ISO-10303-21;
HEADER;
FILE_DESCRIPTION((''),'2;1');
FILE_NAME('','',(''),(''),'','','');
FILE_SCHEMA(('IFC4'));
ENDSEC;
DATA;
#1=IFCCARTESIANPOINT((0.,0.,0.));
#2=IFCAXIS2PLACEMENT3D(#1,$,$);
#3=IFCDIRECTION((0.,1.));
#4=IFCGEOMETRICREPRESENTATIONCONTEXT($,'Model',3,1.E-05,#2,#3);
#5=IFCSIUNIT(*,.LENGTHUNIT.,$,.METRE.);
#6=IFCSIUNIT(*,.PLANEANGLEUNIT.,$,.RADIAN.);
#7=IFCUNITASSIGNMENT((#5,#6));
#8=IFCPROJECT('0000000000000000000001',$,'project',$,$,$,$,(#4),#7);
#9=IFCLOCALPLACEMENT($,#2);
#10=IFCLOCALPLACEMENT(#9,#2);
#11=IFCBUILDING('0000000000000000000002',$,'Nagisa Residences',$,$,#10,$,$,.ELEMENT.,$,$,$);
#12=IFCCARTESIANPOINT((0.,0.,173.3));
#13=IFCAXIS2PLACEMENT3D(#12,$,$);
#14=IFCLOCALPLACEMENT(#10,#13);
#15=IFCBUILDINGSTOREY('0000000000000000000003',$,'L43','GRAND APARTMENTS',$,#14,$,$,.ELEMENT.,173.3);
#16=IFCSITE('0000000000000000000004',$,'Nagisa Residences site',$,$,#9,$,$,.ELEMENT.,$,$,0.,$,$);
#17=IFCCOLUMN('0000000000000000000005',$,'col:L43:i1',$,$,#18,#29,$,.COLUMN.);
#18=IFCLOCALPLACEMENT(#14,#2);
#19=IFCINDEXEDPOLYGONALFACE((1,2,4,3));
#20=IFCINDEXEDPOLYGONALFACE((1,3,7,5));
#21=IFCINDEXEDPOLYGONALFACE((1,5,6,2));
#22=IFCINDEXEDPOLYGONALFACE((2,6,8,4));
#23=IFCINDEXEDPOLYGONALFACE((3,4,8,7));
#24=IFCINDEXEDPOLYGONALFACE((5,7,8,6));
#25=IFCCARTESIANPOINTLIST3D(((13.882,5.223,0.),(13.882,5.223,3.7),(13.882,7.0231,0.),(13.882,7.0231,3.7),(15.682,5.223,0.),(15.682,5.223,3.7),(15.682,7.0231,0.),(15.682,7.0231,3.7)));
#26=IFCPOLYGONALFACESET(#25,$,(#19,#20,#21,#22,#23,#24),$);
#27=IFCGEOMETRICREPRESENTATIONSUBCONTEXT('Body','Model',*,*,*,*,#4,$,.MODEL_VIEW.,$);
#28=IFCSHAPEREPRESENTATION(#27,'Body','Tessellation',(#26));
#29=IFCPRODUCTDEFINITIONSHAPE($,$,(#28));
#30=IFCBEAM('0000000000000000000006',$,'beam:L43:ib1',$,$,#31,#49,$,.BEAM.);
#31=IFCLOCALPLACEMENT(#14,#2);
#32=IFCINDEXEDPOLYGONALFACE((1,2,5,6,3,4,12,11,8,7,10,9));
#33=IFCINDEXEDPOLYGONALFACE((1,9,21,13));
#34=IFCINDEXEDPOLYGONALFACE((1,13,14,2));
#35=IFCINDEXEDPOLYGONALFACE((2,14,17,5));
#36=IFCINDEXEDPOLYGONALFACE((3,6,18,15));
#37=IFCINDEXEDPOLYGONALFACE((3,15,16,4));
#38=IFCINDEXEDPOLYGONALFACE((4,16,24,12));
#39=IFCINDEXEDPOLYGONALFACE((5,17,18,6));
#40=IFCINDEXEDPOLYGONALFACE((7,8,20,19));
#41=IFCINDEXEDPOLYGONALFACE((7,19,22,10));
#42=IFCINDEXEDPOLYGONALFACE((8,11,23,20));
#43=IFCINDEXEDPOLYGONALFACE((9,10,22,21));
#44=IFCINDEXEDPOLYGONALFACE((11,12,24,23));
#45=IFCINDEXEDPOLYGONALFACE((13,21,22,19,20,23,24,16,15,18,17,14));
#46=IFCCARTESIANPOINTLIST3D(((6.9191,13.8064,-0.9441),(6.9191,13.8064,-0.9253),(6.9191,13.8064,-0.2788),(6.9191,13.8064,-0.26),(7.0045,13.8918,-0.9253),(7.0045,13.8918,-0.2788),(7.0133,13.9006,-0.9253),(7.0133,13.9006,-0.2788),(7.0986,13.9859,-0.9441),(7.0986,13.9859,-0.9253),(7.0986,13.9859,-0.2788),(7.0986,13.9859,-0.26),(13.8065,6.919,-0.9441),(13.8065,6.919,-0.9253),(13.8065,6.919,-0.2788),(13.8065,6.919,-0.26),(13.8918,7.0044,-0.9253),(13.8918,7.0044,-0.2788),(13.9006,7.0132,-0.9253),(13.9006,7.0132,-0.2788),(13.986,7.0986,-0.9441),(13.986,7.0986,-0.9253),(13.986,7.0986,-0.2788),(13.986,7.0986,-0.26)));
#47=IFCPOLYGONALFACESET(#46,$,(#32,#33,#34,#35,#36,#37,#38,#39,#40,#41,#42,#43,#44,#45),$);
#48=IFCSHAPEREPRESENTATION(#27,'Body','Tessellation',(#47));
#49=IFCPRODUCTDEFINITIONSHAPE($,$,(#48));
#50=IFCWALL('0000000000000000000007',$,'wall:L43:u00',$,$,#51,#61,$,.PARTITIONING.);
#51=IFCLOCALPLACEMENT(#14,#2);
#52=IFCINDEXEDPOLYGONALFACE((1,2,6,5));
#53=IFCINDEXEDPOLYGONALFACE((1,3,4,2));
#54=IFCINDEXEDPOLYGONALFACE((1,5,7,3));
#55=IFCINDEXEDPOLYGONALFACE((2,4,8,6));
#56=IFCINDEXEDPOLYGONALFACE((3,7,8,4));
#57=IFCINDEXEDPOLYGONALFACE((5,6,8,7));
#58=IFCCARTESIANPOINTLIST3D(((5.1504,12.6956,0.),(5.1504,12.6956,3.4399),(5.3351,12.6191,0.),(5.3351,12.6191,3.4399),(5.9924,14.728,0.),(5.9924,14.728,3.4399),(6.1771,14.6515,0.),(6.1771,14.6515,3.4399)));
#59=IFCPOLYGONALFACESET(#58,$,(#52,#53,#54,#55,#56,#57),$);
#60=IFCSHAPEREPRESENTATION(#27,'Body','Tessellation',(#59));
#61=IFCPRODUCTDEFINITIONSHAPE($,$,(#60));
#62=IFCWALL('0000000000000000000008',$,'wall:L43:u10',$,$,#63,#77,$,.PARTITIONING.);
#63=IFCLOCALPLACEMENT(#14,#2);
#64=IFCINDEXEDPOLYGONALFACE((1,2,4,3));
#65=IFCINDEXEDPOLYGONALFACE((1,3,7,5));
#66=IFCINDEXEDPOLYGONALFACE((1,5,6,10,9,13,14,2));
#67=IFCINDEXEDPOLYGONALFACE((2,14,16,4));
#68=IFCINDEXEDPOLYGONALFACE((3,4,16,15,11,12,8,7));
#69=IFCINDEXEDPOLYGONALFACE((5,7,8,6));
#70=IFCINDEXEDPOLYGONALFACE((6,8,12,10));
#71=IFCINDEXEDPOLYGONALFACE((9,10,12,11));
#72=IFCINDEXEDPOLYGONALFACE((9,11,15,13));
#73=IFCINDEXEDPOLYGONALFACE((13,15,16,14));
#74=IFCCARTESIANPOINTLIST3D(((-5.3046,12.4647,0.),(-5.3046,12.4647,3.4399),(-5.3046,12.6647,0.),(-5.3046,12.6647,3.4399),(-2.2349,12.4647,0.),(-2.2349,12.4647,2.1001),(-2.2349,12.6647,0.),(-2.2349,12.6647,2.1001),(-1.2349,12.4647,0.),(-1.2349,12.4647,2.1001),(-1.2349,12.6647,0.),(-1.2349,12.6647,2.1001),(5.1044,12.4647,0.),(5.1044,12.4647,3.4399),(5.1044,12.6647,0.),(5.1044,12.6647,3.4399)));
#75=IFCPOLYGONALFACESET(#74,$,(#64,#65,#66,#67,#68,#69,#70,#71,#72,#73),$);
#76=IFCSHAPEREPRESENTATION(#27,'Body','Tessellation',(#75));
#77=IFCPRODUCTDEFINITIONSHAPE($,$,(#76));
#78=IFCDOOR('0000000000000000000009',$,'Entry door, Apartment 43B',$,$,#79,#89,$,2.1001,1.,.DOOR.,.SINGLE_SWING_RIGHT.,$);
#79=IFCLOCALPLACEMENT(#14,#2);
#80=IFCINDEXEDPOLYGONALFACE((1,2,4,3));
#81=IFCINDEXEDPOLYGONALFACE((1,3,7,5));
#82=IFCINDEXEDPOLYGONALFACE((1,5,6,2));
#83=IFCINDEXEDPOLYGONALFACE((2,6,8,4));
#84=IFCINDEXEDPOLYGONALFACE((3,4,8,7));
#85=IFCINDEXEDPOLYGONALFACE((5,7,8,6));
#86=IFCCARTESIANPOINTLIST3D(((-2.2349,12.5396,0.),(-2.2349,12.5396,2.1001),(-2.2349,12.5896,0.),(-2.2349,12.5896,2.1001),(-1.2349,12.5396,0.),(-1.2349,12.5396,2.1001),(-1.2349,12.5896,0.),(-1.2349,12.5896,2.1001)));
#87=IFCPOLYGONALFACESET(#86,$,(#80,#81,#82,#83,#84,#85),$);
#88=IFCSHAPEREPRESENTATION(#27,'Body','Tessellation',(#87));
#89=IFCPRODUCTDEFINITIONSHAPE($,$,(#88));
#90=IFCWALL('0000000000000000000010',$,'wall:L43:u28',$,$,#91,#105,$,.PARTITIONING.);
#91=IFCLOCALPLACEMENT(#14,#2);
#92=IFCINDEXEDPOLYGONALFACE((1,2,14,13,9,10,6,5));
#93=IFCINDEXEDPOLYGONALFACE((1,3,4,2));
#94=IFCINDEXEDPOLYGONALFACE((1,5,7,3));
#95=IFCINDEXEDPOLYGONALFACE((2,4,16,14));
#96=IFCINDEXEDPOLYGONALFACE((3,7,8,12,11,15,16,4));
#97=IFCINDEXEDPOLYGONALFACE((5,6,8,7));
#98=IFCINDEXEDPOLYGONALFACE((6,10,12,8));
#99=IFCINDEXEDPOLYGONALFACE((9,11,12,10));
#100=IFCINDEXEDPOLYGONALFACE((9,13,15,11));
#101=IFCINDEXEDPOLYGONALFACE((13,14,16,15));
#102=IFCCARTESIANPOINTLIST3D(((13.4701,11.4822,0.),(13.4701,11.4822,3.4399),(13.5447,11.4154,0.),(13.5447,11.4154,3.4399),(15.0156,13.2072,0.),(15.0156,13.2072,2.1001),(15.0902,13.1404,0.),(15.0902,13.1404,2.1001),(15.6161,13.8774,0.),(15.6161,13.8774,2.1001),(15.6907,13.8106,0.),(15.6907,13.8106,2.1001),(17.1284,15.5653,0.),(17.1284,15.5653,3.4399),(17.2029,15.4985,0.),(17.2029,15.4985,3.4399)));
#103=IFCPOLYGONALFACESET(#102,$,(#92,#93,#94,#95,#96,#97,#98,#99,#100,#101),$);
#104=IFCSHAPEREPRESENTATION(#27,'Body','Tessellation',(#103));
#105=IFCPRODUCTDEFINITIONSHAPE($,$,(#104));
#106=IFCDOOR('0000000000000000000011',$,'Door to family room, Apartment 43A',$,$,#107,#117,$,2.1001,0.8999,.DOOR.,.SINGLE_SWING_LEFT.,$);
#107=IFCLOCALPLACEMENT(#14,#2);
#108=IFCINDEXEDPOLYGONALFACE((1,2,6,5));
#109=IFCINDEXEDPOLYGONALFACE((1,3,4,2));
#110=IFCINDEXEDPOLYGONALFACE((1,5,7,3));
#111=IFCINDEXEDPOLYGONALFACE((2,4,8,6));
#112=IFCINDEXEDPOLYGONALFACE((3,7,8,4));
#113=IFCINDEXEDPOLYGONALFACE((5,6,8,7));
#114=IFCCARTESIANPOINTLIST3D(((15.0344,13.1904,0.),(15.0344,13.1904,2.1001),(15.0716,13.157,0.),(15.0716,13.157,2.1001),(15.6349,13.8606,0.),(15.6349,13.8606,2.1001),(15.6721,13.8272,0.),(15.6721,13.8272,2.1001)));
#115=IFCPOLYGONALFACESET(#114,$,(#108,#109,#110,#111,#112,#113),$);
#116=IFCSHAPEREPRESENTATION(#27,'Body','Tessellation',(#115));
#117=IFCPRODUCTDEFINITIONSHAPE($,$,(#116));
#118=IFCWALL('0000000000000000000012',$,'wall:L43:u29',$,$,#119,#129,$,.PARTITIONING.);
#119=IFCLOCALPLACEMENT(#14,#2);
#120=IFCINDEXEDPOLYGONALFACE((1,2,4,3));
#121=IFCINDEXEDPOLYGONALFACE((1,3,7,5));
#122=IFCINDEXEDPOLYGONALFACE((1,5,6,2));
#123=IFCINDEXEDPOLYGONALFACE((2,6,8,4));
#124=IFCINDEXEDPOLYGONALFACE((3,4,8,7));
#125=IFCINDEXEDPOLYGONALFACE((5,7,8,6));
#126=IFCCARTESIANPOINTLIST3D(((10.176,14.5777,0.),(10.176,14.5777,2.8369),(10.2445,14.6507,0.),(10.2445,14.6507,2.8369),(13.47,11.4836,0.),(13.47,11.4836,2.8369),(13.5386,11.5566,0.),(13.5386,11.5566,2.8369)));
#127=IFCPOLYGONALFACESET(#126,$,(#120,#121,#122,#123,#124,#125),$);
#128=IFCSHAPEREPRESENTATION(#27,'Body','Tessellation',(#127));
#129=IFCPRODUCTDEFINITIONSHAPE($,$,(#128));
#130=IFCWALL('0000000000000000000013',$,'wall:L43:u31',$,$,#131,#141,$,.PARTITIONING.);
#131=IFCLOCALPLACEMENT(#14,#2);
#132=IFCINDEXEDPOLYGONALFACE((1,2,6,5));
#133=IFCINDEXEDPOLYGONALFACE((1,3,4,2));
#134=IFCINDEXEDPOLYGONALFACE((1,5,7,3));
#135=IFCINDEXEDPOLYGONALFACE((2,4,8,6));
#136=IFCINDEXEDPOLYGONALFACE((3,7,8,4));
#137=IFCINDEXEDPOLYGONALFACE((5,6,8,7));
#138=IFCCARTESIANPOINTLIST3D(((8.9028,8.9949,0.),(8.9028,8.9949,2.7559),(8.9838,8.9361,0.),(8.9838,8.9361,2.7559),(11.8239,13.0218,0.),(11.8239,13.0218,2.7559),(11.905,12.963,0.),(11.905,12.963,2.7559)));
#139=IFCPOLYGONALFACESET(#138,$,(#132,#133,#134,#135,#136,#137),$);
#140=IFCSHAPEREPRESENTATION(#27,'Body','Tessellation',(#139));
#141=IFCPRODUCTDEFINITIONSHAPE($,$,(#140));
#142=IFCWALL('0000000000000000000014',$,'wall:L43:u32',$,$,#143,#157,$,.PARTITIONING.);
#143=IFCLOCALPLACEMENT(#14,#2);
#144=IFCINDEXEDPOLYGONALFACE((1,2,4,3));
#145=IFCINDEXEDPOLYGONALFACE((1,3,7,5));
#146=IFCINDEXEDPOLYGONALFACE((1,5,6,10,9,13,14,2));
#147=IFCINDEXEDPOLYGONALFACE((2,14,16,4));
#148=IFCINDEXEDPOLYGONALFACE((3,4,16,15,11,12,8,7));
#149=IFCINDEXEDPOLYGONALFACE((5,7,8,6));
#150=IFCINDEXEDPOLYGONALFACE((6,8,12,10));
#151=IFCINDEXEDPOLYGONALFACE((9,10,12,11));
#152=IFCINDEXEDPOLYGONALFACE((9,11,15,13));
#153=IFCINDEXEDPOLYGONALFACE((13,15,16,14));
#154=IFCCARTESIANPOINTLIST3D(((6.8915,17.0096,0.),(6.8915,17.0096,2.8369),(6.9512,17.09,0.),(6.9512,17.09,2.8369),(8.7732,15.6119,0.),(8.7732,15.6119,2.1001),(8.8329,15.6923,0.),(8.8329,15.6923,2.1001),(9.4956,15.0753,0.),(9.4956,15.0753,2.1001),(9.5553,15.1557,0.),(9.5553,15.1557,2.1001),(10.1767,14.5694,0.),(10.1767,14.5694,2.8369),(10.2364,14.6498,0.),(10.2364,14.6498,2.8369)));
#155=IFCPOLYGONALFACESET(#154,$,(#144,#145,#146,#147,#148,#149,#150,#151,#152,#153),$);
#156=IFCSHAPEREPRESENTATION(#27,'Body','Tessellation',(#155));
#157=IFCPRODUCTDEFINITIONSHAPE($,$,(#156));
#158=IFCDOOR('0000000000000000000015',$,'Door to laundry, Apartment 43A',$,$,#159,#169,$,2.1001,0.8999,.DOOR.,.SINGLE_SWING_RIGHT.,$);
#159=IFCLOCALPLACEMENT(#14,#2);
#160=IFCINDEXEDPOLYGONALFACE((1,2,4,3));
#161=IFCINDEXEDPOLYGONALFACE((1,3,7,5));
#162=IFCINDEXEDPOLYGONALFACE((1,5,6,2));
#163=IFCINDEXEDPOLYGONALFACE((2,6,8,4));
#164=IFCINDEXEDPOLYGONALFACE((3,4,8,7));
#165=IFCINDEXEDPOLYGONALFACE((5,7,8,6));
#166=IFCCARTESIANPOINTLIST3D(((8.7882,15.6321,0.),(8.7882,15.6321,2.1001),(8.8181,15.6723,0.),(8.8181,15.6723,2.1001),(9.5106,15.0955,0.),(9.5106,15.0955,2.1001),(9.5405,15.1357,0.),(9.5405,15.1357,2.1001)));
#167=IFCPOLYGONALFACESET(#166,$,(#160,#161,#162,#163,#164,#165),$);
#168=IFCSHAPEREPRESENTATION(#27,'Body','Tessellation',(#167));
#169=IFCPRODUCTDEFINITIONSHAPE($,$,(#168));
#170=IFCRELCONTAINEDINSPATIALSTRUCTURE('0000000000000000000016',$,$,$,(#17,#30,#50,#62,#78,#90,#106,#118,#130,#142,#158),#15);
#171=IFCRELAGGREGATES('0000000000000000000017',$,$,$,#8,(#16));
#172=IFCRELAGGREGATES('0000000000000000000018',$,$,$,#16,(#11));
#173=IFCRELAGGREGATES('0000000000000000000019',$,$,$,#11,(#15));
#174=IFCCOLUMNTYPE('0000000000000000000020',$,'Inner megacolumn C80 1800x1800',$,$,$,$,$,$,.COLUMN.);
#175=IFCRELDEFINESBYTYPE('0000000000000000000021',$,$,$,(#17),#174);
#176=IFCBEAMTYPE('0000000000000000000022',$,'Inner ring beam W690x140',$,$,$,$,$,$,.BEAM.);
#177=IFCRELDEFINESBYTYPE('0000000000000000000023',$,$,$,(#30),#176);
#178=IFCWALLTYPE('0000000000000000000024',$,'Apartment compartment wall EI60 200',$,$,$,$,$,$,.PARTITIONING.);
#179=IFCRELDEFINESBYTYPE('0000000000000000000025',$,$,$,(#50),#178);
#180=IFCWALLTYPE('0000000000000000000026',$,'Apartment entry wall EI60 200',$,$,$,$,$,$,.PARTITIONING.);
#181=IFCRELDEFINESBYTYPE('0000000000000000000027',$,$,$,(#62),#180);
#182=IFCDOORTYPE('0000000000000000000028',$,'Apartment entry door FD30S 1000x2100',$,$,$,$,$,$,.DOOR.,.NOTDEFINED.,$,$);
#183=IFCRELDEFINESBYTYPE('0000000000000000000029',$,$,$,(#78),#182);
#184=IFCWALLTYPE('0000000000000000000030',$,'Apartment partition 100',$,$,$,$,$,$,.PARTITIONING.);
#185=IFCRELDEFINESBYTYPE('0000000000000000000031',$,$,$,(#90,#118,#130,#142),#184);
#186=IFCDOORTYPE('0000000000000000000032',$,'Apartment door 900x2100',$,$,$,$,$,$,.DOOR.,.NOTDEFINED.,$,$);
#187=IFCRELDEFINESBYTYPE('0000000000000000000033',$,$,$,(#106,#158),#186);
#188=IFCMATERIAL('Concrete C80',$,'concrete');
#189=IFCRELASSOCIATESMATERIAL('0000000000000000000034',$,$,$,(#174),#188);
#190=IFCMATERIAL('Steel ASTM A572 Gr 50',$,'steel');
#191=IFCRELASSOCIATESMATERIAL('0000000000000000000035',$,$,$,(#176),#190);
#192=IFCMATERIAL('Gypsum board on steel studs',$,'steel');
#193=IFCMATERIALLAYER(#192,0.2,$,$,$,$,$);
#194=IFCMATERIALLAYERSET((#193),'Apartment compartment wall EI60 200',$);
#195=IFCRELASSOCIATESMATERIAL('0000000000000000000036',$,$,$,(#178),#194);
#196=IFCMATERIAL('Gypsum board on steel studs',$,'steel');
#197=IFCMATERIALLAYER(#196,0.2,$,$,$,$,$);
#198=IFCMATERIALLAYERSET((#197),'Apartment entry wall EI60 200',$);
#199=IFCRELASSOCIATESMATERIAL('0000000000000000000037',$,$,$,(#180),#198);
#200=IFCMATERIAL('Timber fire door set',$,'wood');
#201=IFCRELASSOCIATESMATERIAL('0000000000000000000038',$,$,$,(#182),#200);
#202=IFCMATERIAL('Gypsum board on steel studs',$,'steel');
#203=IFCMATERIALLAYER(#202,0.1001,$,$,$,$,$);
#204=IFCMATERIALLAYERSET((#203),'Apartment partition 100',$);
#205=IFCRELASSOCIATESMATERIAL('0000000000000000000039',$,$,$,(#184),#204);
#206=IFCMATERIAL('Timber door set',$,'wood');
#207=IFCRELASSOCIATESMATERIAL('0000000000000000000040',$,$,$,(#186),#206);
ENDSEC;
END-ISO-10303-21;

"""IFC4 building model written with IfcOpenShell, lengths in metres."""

from ifc_helpers import new_model, si_unit, direction, frame, frame_2d, origin, origin_2d, place, context, subcontext, project, spatial, rectangle, i_section, extrude, material, layer, layer_set, material_profile, profile_set, type_object, element, fill, save


model = new_model("IFC4")

# Units and contexts
model_context = context("Model", 3, precision=1e-05, world=origin(), true_north=direction((0.0, 1.0)))
body_context = subcontext(model_context, "Body", "Model", "MODEL_VIEW")
ifc_project = project(units=[si_unit("LENGTHUNIT", "METRE"), si_unit("PLANEANGLEUNIT", "RADIAN")], contexts=[model_context])

# Site, building, storey
site_placement = place(None, origin())
site = spatial("IfcSite", under=ifc_project, at=site_placement, Name="Nagisa Residences site", CompositionType="ELEMENT", RefElevation=0.0)
building_placement = place(site_placement, origin())
building = spatial("IfcBuilding", under=site, at=building_placement, Name="Nagisa Residences", CompositionType="ELEMENT")
storey_placement = place(building_placement, frame((0.0, 0.0, 173.3)))
storey = spatial("IfcBuildingStorey", under=building, at=storey_placement, Name="L43", Description="GRAND APARTMENTS", CompositionType="ELEMENT", Elevation=173.3)

# Column
ifc_material_1 = material(Name="Concrete C80", Category="concrete")
ifc_material_profile_1 = material_profile(ifc_material_1, rectangle(XDim=1.8, YDim=1.8, at=origin_2d()), Name="C80 1800x1800")
ifc_profile_set_1 = profile_set([ifc_material_profile_1], Name="Concrete C80")
column_type = type_object("IfcColumnType", Name="Inner megacolumn C80 1800x1800", PredefinedType="COLUMN", material=ifc_profile_set_1)
column_placement = place(storey_placement, frame((14.782, 6.123, 0.0), z_axis=(0.0, 0.0, 1.0), x_axis=(1.0, 0.0, 0.0)))
element("IfcColumn", 1, at=column_placement, inside=storey, type_object=column_type, Name="col:L43:i1", PredefinedType="COLUMN", context=body_context, shape_type="SweptSolid", body=[
    extrude(rectangle(XDim=1.8, YDim=1.8, at=origin_2d()), origin(), (0.0, 0.0, 1.0), 3.7),
])

# Beam
ifc_material_2 = material(Name="Steel ASTM A572 Gr 50", Category="steel")
ifc_material_profile_2 = material_profile(ifc_material_2, i_section(OverallWidth=0.2539, OverallDepth=0.6841, WebThickness=0.0125, FlangeThickness=0.0188, at=origin_2d()), Name="W690x140")
ifc_profile_set_2 = profile_set([ifc_material_profile_2], Name="Steel ASTM A572 Gr 50")
beam_type = type_object("IfcBeamType", Name="Inner ring beam W690x140", PredefinedType="BEAM", material=ifc_profile_set_2)
beam_placement = place(storey_placement, frame((13.8962, 7.0088, -0.6021), z_axis=(-0.707107, 0.707107, 0.0), x_axis=(-0.707107, -0.707107, 0.0)))
element("IfcBeam", 2, at=beam_placement, inside=storey, type_object=beam_type, Name="beam:L43:ib1", PredefinedType="BEAM", context=body_context, shape_type="SweptSolid", body=[
    extrude(i_section(OverallWidth=0.2539, OverallDepth=0.6841, WebThickness=0.0125, FlangeThickness=0.0188, at=origin_2d()), origin(), (0.0, 0.0, 1.0), 9.7402),
])

# Wall
ifc_material_3 = material(Name="Gypsum board on steel studs", Category="steel")
ifc_layer_1 = layer(ifc_material_3, 0.2)
ifc_layer_set_1 = layer_set([ifc_layer_1], Name="Apartment compartment wall EI60 200")
wall_type_1 = type_object("IfcWallType", Name="Apartment compartment wall EI60 200", PredefinedType="PARTITIONING", material=ifc_layer_set_1)
wall_1_placement = place(storey_placement, frame((5.2427, 12.6572, 0.0), z_axis=(0.0, 0.0, 1.0), x_axis=(0.382747, 0.923853, 0.0)))
element("IfcWall", 3, at=wall_1_placement, inside=storey, type_object=wall_type_1, Name="wall:L43:u00", PredefinedType="PARTITIONING", context=body_context, shape_type="SweptSolid", body=[
    extrude(rectangle(XDim=2.2, YDim=0.2, at=frame_2d((1.1001, 0.0))), origin(), (0.0, 0.0, 1.0), 3.4399),
])

# Walls, openings, doors
ifc_material_4 = material(Name="Gypsum board on steel studs", Category="steel")
ifc_layer_2 = layer(ifc_material_4, 0.2)
ifc_layer_set_2 = layer_set([ifc_layer_2], Name="Apartment entry wall EI60 200")
wall_type_2 = type_object("IfcWallType", Name="Apartment entry wall EI60 200", PredefinedType="PARTITIONING", material=ifc_layer_set_2)
wall_2_placement = place(storey_placement, frame((5.1045, 12.5647, 0.0), z_axis=(0.0, 0.0, 1.0), x_axis=(-1.0, 0.0, 0.0)))
wall_2 = element("IfcWall", 4, at=wall_2_placement, inside=storey, type_object=wall_type_2, Name="wall:L43:u10", PredefinedType="PARTITIONING", context=body_context, shape_type="SweptSolid", body=[
    extrude(rectangle(XDim=10.4089, YDim=0.2, at=frame_2d((5.2046, 0.0))), origin(), (0.0, 0.0, 1.0), 3.4399),
])
opening_1_placement = place(wall_2_placement, frame((6.3394, 0.0, 0.0)))
opening_1 = element("IfcOpeningElement", 5, at=opening_1_placement, cuts=wall_2, PredefinedType="OPENING", context=body_context, shape_type="SweptSolid", body=[
    extrude(rectangle(XDim=1.0, YDim=2.1001, at=frame_2d((0.5, 1.05))), frame((0.0, 0.1099, 0.0), z_axis=(0.0, -1.0, 0.0), x_axis=(1.0, 0.0, 0.0)), (0.0, 0.0, 1.0), 0.22),
])
ifc_material_5 = material(Name="Timber fire door set", Category="wood")
door_type_1 = type_object("IfcDoorType", Name="Apartment entry door FD30S 1000x2100", OperationType="NOTDEFINED", PredefinedType="DOOR", material=ifc_material_5)
door_1_placement = place(opening_1_placement, frame((1.0, 0.0, 0.0), x_axis=(-1.0, 0.0, 0.0)))
door_1 = element("IfcDoor", 6, at=door_1_placement, inside=storey, type_object=door_type_1, Name="Entry door, Apartment 43B", OperationType="SINGLE_SWING_RIGHT", OverallHeight=2.1001, OverallWidth=1.0, PredefinedType="DOOR", context=body_context, shape_type="SweptSolid", body=[
    extrude(rectangle(XDim=1.0, YDim=2.1001, at=frame_2d((0.5, 1.05))), frame((0.0, 0.0249, 0.0), z_axis=(0.0, -1.0, 0.0), x_axis=(1.0, 0.0, 0.0)), (0.0, 0.0, 1.0), 0.05),
])
fill(opening_1, door_1)
ifc_material_6 = material(Name="Gypsum board on steel studs", Category="steel")
ifc_layer_3 = layer(ifc_material_6, 0.1001)
ifc_layer_set_3 = layer_set([ifc_layer_3], Name="Apartment partition 100")
wall_type_3 = type_object("IfcWallType", Name="Apartment partition 100", PredefinedType="PARTITIONING", material=ifc_layer_set_3)
wall_3_placement = place(storey_placement, frame((13.5073, 11.4487, 0.0), z_axis=(0.0, 0.0, 1.0), x_axis=(0.6673, 0.744789, 0.0)))
wall_3 = element("IfcWall", 7, at=wall_3_placement, inside=storey, type_object=wall_type_3, Name="wall:L43:u28", PredefinedType="PARTITIONING", context=body_context, shape_type="SweptSolid", body=[
    extrude(rectangle(XDim=5.4822, YDim=0.1001, at=frame_2d((2.7412, 0.0))), origin(), (0.0, 0.0, 1.0), 3.4399),
])
opening_2_placement = place(wall_3_placement, frame((2.3162, 0.0, 0.0)))
opening_2 = element("IfcOpeningElement", 8, at=opening_2_placement, cuts=wall_3, PredefinedType="OPENING", context=body_context, shape_type="SweptSolid", body=[
    extrude(rectangle(XDim=0.8999, YDim=2.1001, at=frame_2d((0.45, 1.05))), frame((0.0, 0.0601, 0.0), z_axis=(0.0, -1.0, 0.0), x_axis=(1.0, 0.0, 0.0)), (0.0, 0.0, 1.0), 0.1201),
])
ifc_material_7 = material(Name="Timber door set", Category="wood")
door_type_2 = type_object("IfcDoorType", Name="Apartment door 900x2100", OperationType="NOTDEFINED", PredefinedType="DOOR", material=ifc_material_7)
door_2_placement = place(opening_2_placement, origin())
door_2 = element("IfcDoor", 9, at=door_2_placement, inside=storey, type_object=door_type_2, Name="Door to family room, Apartment 43A", OperationType="SINGLE_SWING_LEFT", OverallHeight=2.1001, OverallWidth=0.8999, PredefinedType="DOOR", context=body_context, shape_type="SweptSolid", body=[
    extrude(rectangle(XDim=0.8999, YDim=2.1001, at=frame_2d((0.45, 1.05))), frame((0.0, 0.0249, 0.0), z_axis=(0.0, -1.0, 0.0), x_axis=(1.0, 0.0, 0.0)), (0.0, 0.0, 1.0), 0.05),
])
fill(opening_2, door_2)

# Walls
wall_4_placement = place(storey_placement, frame((13.5044, 11.52, 0.0), z_axis=(0.0, 0.0, 1.0), x_axis=(-0.728883, 0.684638, 0.0)))
element("IfcWall", 10, at=wall_4_placement, inside=storey, type_object=wall_type_3, Name="wall:L43:u29", PredefinedType="PARTITIONING", context=body_context, shape_type="SweptSolid", body=[
    extrude(rectangle(XDim=4.5193, YDim=0.1001, at=frame_2d((2.2598, 0.0))), origin(), (0.0, 0.0, 1.0), 2.8369),
])
wall_5_placement = place(storey_placement, frame((8.9434, 8.9656, 0.0), z_axis=(0.0, 0.0, 1.0), x_axis=(0.587188, 0.809451, 0.0)))
element("IfcWall", 11, at=wall_5_placement, inside=storey, type_object=wall_type_3, Name="wall:L43:u31", PredefinedType="PARTITIONING", context=body_context, shape_type="SweptSolid", body=[
    extrude(rectangle(XDim=4.9749, YDim=0.1001, at=frame_2d((2.4873, 0.0))), origin(), (0.0, 0.0, 1.0), 2.7559),
])

# Wall, opening, door
wall_6_placement = place(storey_placement, frame((10.2065, 14.6096, 0.0), z_axis=(0.0, 0.0, 1.0), x_axis=(-0.802769, 0.59629, 0.0)))
wall_6 = element("IfcWall", 12, at=wall_6_placement, inside=storey, type_object=wall_type_3, Name="wall:L43:u32", PredefinedType="PARTITIONING", context=body_context, shape_type="SweptSolid", body=[
    extrude(rectangle(XDim=4.0923, YDim=0.1001, at=frame_2d((2.0461, 0.0))), origin(), (0.0, 0.0, 1.0), 2.8369),
])
opening_3_placement = place(wall_6_placement, frame((0.8484, 0.0, 0.0)))
opening_3 = element("IfcOpeningElement", 13, at=opening_3_placement, cuts=wall_6, PredefinedType="OPENING", context=body_context, shape_type="SweptSolid", body=[
    extrude(rectangle(XDim=0.8999, YDim=2.1001, at=frame_2d((0.45, 1.05))), frame((0.0, 0.0601, 0.0), z_axis=(0.0, -1.0, 0.0), x_axis=(1.0, 0.0, 0.0)), (0.0, 0.0, 1.0), 0.1201),
])
door_3_placement = place(opening_3_placement, origin())
door_3 = element("IfcDoor", 14, at=door_3_placement, inside=storey, type_object=door_type_2, Name="Door to laundry, Apartment 43A", OperationType="SINGLE_SWING_RIGHT", OverallHeight=2.1001, OverallWidth=0.8999, PredefinedType="DOOR", context=body_context, shape_type="SweptSolid", body=[
    extrude(rectangle(XDim=0.8999, YDim=2.1001, at=frame_2d((0.45, 1.05))), frame((0.0, 0.0249, 0.0), z_axis=(0.0, -1.0, 0.0), x_axis=(1.0, 0.0, 0.0)), (0.0, 0.0, 1.0), 0.05),
])
fill(opening_3, door_3)

save(model, "model.ifc")
